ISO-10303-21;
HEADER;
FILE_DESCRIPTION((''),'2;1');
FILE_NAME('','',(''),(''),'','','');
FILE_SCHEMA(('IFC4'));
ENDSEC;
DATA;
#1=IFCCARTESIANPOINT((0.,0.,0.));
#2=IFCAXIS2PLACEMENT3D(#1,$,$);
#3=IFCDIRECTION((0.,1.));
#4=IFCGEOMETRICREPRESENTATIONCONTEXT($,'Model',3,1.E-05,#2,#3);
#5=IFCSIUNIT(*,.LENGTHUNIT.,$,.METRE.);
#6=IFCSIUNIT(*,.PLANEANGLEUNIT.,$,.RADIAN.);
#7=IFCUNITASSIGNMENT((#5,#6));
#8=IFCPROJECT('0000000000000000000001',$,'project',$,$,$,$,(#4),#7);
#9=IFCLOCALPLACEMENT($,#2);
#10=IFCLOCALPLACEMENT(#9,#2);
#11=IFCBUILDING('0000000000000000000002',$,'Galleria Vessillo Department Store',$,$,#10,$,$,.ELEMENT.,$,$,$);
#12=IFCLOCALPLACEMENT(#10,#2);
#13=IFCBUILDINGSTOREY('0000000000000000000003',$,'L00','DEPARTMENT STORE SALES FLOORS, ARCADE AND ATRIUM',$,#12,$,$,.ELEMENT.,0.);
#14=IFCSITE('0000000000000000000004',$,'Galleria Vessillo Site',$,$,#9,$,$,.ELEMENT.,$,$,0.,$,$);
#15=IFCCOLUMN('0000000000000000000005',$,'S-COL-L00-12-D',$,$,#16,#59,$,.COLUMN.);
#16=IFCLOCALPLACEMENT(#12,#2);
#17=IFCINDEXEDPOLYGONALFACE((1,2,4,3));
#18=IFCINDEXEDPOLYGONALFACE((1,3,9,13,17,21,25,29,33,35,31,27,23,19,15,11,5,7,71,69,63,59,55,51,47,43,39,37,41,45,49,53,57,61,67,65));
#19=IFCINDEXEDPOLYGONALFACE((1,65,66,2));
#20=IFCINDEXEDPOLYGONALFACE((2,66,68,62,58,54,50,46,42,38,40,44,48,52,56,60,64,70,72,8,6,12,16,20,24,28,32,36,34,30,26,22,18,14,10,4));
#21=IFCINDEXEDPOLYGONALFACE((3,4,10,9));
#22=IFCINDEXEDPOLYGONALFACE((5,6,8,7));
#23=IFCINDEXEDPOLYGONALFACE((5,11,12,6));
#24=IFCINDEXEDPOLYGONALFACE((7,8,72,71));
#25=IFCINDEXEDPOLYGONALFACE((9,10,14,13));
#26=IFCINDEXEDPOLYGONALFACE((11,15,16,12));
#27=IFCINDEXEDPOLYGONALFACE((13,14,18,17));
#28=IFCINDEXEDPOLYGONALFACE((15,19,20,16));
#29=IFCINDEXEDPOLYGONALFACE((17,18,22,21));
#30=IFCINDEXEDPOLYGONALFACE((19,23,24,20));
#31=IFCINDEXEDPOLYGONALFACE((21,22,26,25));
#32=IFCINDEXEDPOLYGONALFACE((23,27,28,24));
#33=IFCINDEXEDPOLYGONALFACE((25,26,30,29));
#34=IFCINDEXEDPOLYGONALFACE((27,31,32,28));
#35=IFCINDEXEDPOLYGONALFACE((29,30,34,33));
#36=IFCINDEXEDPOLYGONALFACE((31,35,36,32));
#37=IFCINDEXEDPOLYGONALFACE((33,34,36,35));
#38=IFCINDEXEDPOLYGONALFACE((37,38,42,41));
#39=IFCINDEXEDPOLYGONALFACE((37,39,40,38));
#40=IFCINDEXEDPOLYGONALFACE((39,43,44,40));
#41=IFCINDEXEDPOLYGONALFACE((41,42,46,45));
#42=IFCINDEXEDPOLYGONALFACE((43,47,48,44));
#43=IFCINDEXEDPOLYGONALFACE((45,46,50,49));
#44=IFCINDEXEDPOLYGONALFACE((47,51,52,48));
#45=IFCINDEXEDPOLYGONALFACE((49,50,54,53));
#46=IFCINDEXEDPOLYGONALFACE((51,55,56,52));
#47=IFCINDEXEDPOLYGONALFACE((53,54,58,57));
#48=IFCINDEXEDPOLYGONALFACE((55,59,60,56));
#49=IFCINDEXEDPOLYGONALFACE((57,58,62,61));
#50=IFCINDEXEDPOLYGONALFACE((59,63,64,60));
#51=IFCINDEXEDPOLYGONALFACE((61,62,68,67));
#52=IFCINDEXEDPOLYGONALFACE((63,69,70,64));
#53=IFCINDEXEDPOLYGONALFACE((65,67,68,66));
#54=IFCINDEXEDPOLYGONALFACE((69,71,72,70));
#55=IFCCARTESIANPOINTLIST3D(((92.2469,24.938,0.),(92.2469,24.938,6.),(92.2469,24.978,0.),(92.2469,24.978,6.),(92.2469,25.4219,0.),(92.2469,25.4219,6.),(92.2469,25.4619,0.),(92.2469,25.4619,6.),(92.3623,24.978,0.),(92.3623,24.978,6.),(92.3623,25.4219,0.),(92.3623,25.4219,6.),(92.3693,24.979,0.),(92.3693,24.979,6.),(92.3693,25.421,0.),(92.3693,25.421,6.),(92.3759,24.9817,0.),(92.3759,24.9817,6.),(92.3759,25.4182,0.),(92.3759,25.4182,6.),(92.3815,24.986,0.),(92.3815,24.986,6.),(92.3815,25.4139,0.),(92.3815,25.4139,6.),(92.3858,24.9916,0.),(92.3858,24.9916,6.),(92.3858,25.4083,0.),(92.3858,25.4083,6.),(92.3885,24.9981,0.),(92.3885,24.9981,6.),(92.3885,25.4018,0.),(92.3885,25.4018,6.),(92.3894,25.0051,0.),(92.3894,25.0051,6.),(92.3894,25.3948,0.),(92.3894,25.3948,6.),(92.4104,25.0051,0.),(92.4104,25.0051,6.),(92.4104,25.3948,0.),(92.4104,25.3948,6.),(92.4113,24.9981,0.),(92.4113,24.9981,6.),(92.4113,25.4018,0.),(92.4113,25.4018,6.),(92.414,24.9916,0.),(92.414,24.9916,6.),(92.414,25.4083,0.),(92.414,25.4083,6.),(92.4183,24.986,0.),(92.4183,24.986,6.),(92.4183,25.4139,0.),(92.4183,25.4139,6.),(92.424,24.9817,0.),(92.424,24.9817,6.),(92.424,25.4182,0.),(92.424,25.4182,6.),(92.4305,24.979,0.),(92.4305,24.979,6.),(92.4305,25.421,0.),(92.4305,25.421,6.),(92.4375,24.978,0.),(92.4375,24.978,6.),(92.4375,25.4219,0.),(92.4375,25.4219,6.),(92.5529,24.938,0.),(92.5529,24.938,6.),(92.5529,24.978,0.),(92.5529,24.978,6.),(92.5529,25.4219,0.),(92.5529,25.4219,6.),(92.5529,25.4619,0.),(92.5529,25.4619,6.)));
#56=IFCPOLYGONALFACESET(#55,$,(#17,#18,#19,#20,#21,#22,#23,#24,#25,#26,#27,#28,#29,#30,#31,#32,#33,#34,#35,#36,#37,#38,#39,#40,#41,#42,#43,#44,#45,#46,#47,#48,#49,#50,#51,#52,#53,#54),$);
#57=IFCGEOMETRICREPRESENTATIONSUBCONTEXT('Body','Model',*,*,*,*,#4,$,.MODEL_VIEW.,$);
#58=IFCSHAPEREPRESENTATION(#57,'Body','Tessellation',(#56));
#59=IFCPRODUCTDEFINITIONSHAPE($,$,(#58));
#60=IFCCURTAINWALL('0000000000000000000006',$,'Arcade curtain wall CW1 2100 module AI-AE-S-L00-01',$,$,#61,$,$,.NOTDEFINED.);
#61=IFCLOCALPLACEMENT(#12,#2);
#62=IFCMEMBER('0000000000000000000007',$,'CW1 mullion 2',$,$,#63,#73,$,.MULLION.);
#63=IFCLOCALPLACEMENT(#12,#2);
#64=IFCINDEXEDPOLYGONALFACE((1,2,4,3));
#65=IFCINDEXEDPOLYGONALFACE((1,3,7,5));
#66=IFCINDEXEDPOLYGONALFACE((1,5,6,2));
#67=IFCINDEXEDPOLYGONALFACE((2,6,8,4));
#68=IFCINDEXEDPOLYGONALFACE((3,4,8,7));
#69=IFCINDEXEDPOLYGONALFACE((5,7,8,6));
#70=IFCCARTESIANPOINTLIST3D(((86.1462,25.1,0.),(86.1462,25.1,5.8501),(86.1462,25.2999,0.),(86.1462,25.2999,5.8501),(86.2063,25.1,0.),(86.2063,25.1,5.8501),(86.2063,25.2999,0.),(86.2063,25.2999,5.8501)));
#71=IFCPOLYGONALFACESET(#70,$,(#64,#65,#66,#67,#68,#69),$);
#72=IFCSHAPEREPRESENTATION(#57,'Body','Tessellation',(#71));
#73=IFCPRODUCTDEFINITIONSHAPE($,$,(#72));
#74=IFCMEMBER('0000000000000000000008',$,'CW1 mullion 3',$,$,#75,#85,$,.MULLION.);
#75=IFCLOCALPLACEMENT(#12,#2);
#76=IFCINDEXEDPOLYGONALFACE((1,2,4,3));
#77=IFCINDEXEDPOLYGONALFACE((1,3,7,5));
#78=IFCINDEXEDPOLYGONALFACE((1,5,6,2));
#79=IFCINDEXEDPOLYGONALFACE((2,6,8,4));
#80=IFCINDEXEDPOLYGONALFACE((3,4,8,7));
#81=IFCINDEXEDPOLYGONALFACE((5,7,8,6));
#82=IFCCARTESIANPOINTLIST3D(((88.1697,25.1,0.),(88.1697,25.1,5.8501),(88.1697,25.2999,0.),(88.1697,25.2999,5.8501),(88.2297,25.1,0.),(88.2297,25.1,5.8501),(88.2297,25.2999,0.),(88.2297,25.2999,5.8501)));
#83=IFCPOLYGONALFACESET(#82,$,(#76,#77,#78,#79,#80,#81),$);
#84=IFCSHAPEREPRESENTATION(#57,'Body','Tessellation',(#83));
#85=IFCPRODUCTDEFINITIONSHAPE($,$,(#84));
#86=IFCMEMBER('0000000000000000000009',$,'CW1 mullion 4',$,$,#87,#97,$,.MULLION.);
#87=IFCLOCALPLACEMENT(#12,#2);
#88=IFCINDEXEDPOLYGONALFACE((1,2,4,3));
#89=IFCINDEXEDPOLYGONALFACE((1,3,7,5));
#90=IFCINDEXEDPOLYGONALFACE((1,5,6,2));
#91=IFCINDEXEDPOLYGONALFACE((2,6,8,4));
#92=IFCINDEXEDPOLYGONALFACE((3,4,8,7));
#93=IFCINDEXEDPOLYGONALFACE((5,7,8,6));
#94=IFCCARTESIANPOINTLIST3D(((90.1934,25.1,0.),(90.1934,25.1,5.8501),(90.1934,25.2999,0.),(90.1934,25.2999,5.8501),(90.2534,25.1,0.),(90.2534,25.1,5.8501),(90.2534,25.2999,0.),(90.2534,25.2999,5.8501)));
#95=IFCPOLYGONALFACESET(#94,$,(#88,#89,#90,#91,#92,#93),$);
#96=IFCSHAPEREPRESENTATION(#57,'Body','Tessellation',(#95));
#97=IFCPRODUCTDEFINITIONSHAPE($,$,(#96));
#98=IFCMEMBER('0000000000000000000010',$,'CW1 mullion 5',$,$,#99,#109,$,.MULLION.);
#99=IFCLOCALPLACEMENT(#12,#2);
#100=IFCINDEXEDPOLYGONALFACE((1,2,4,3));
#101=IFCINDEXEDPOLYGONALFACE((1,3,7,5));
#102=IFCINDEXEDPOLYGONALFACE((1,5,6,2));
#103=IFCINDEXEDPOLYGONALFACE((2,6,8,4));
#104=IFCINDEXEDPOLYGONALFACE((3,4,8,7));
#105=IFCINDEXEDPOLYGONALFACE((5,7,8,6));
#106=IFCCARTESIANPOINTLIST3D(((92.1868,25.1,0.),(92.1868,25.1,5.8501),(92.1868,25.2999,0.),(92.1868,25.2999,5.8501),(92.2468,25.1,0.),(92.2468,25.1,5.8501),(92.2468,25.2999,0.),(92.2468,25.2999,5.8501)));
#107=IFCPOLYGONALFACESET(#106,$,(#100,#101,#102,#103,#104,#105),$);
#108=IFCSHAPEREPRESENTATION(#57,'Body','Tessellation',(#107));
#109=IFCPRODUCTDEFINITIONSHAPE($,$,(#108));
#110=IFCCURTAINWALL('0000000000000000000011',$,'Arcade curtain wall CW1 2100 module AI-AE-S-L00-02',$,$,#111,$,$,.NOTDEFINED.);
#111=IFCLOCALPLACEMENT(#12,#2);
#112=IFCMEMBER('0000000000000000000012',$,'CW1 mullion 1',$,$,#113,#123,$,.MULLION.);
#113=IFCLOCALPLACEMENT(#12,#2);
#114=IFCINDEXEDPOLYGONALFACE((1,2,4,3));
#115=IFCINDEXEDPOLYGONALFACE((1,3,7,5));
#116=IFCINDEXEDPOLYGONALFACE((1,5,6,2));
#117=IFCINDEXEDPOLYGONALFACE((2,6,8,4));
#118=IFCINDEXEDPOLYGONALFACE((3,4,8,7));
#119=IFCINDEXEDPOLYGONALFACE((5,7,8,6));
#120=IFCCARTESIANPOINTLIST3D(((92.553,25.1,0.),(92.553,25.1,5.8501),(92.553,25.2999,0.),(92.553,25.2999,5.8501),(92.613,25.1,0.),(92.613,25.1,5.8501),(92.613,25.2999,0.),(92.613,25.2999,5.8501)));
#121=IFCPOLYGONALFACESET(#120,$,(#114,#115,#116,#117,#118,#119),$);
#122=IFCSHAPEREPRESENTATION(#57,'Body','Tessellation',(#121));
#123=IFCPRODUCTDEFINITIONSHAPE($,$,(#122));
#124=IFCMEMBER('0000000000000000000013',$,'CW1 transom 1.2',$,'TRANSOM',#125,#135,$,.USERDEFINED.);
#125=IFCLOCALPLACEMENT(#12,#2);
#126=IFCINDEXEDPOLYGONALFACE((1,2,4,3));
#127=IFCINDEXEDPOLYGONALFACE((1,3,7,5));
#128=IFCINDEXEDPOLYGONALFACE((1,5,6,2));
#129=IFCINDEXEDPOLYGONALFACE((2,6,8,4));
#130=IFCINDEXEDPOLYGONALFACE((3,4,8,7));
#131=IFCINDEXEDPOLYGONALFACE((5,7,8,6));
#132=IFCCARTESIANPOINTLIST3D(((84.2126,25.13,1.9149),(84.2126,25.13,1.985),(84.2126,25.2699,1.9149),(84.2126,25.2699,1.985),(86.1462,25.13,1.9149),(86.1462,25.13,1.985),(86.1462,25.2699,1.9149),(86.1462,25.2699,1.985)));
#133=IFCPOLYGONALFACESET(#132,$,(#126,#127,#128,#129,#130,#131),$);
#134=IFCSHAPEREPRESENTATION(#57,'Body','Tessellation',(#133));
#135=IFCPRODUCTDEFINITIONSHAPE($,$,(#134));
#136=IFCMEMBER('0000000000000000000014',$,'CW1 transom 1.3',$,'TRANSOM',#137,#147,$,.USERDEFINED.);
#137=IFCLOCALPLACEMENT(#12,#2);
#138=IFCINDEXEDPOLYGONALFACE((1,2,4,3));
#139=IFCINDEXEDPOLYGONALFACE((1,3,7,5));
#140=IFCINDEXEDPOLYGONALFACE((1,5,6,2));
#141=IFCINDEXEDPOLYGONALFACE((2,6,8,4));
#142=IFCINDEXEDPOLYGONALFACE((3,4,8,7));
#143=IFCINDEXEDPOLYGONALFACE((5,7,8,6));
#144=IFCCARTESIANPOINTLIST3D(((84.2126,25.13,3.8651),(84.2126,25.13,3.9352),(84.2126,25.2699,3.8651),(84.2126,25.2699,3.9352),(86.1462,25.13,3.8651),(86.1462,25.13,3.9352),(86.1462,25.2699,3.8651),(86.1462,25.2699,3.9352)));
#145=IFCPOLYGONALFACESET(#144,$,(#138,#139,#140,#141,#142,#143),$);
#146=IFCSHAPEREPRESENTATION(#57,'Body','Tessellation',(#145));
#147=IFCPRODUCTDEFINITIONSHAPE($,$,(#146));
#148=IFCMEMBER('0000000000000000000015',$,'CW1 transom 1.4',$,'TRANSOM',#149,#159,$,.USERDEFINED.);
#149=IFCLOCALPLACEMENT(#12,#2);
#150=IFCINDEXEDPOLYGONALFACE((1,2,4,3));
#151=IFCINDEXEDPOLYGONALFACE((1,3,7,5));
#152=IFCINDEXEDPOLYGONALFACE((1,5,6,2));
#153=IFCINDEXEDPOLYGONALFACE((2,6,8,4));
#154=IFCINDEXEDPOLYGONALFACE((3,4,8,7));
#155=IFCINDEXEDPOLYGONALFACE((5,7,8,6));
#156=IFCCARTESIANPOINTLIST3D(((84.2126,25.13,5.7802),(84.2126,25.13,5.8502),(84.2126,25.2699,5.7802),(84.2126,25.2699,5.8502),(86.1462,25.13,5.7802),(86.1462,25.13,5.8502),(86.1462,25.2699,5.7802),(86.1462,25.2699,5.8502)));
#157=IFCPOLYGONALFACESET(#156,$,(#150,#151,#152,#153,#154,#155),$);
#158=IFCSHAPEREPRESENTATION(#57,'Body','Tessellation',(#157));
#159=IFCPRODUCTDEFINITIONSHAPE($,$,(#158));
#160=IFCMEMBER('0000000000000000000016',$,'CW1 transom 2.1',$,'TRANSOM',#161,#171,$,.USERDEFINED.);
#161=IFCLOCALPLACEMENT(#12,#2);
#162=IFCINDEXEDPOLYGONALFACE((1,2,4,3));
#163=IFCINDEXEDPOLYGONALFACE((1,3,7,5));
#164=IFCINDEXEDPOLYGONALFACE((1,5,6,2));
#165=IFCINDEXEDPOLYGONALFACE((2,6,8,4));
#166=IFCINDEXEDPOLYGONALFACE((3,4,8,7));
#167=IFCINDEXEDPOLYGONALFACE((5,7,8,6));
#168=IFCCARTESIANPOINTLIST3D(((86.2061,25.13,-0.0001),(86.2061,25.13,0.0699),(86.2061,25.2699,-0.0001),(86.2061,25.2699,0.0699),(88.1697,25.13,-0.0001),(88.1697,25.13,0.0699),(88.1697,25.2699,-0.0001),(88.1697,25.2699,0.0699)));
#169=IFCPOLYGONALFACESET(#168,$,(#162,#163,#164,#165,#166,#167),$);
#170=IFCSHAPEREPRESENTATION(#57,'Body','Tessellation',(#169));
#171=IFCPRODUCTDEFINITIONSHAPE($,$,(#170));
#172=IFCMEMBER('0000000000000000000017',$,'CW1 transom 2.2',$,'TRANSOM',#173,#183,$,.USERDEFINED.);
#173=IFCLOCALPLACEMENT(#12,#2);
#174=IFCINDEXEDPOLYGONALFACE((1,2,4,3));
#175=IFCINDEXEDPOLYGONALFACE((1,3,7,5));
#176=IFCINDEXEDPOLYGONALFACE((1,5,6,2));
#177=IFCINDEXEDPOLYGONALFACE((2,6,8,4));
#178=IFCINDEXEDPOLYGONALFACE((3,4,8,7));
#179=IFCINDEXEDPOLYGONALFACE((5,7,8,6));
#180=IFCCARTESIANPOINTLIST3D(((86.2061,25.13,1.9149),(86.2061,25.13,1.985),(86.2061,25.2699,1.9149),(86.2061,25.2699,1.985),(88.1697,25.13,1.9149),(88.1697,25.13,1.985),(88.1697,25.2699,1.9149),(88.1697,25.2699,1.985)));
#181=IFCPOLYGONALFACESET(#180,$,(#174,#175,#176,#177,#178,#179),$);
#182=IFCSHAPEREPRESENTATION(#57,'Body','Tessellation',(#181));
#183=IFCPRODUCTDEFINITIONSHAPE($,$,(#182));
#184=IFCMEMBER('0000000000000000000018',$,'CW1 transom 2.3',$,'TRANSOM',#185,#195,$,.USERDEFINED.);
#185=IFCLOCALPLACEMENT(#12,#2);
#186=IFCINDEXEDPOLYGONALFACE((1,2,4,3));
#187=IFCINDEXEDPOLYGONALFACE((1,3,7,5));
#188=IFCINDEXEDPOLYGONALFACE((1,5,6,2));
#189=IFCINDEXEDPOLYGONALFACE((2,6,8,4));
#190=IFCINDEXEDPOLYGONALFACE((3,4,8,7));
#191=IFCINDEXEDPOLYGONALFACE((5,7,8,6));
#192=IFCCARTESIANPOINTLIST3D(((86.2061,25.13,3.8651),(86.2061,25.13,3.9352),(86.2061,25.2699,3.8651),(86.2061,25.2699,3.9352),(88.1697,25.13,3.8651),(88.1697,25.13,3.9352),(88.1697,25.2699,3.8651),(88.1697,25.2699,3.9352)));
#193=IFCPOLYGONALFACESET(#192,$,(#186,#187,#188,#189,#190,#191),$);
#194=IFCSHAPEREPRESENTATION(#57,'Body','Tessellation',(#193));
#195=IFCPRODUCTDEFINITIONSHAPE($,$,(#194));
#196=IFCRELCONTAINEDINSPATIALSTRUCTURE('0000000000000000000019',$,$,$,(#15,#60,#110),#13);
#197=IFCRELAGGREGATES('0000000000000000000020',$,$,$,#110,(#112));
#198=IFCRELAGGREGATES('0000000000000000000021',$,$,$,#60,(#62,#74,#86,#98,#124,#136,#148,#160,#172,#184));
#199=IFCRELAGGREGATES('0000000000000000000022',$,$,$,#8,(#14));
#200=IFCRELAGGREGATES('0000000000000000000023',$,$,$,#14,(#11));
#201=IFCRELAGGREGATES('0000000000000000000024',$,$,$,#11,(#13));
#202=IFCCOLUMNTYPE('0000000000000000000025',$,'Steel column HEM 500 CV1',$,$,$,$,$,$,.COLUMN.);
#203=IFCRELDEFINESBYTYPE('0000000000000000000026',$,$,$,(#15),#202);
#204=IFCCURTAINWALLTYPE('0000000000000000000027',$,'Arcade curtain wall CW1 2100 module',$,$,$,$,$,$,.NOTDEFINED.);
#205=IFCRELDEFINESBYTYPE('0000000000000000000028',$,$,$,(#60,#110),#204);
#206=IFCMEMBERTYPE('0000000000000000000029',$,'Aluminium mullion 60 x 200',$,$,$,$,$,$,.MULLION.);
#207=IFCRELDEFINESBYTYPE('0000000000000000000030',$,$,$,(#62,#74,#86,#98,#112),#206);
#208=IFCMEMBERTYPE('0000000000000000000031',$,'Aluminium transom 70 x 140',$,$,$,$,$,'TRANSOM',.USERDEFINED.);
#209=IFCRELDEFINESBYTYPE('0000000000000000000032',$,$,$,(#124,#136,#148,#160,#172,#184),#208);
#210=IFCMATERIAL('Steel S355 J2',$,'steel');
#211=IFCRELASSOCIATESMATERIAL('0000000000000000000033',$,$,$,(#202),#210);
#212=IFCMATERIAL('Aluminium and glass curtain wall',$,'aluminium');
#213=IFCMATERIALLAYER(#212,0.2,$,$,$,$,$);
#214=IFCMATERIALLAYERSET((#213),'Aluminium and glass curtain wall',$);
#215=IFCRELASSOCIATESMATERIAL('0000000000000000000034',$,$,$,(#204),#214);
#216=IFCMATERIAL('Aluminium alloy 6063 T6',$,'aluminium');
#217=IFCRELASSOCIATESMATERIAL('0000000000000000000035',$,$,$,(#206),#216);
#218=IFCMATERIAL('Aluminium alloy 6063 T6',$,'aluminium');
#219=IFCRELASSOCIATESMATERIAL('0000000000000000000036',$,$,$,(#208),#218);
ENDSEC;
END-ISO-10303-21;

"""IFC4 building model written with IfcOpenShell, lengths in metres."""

from ifc_helpers import new_model, si_unit, direction, frame, origin, origin_2d, place, context, subcontext, project, spatial, rectangle, i_section, extrude, material, layer, layer_set, material_profile, profile_set, type_object, element, aggregate, save


model = new_model("IFC4")

# Units and contexts
model_context = context("Model", 3, precision=1e-05, world=origin(), true_north=direction((0.0, 1.0)))
body_context = subcontext(model_context, "Body", "Model", "MODEL_VIEW")
ifc_project = project(units=[si_unit("LENGTHUNIT", "METRE"), si_unit("PLANEANGLEUNIT", "RADIAN")], contexts=[model_context])

# Site, building, storey
site_placement = place(None, origin())
site = spatial("IfcSite", under=ifc_project, at=site_placement, Name="Galleria Vessillo Site", CompositionType="ELEMENT", RefElevation=0.0)
building_placement = place(site_placement, origin())
building = spatial("IfcBuilding", under=site, at=building_placement, Name="Galleria Vessillo Department Store", CompositionType="ELEMENT")
storey_placement = place(building_placement, origin())
storey = spatial("IfcBuildingStorey", under=building, at=storey_placement, Name="L00", Description="DEPARTMENT STORE SALES FLOORS, ARCADE AND ATRIUM", CompositionType="ELEMENT", Elevation=0.0)

# Column
ifc_material_1 = material(Name="Steel S355 J2", Category="steel")
ifc_material_profile_1 = material_profile(ifc_material_1, i_section(OverallWidth=0.3059, OverallDepth=0.5239, WebThickness=0.021, FlangeThickness=0.04, FilletRadius=0.0271, at=origin_2d()), Name="HEM 500")
ifc_profile_set_1 = profile_set([ifc_material_profile_1], Name="Steel S355 J2")
column_type = type_object("IfcColumnType", Name="Steel column HEM 500 CV1", PredefinedType="COLUMN", material=ifc_profile_set_1)
column_placement = place(storey_placement, frame((92.3999, 25.2, 0.0), z_axis=(0.0, 0.0, 1.0), x_axis=(1.0, 0.0, 0.0)))
element("IfcColumn", 1, at=column_placement, inside=storey, type_object=column_type, Name="S-COL-L00-12-D", PredefinedType="COLUMN", context=body_context, shape_type="SweptSolid", body=[
    extrude(i_section(OverallWidth=0.3059, OverallDepth=0.5239, WebThickness=0.021, FlangeThickness=0.04, FilletRadius=0.0271, at=origin_2d()), origin(), (0.0, 0.0, 1.0), 6.0),
])

# Curtain wall, members
ifc_material_2 = material(Name="Aluminium and glass curtain wall", Category="aluminium")
ifc_layer_1 = layer(ifc_material_2, 0.2)
ifc_layer_set_1 = layer_set([ifc_layer_1], Name="Aluminium and glass curtain wall")
curtain_wall_type = type_object("IfcCurtainWallType", Name="Arcade curtain wall CW1 2100 module", PredefinedType="NOTDEFINED", material=ifc_layer_set_1)
curtain_wall_1_placement = place(storey_placement, origin())
curtain_wall_1 = element("IfcCurtainWall", 2, at=curtain_wall_1_placement, inside=storey, type_object=curtain_wall_type, Name="Arcade curtain wall CW1 2100 module AI-AE-S-L00-01", PredefinedType="NOTDEFINED")
ifc_material_3 = material(Name="Aluminium alloy 6063 T6", Category="aluminium")
ifc_material_profile_2 = material_profile(ifc_material_3, rectangle(XDim=0.2, YDim=0.0601, at=origin_2d()), Name="AL 60x200")
ifc_profile_set_2 = profile_set([ifc_material_profile_2], Name="Aluminium alloy 6063 T6")
member_type_1 = type_object("IfcMemberType", Name="Aluminium mullion 60 x 200", PredefinedType="MULLION", material=ifc_profile_set_2)
member_1_placement = place(storey_placement, frame((86.1763, 25.2, 0.0), z_axis=(0.0, 0.0, 1.0), x_axis=(0.0, 1.0, 0.0)))
member_1 = element("IfcMember", 3, at=member_1_placement, type_object=member_type_1, Name="CW1 mullion 2", PredefinedType="MULLION", context=body_context, shape_type="SweptSolid", body=[
    extrude(rectangle(XDim=0.2, YDim=0.0601, at=origin_2d()), origin(), (0.0, 0.0, 1.0), 5.8501),
])
member_2_placement = place(storey_placement, frame((88.1997, 25.2, 0.0), z_axis=(0.0, 0.0, 1.0), x_axis=(0.0, 1.0, 0.0)))
member_2 = element("IfcMember", 4, at=member_2_placement, type_object=member_type_1, Name="CW1 mullion 3", PredefinedType="MULLION", context=body_context, shape_type="SweptSolid", body=[
    extrude(rectangle(XDim=0.2, YDim=0.0601, at=origin_2d()), origin(), (0.0, 0.0, 1.0), 5.8501),
])
member_3_placement = place(storey_placement, frame((90.2234, 25.2, 0.0), z_axis=(0.0, 0.0, 1.0), x_axis=(0.0, 1.0, 0.0)))
member_3 = element("IfcMember", 5, at=member_3_placement, type_object=member_type_1, Name="CW1 mullion 4", PredefinedType="MULLION", context=body_context, shape_type="SweptSolid", body=[
    extrude(rectangle(XDim=0.2, YDim=0.0601, at=origin_2d()), origin(), (0.0, 0.0, 1.0), 5.8501),
])
member_4_placement = place(storey_placement, frame((92.2168, 25.2, 0.0), z_axis=(0.0, 0.0, 1.0), x_axis=(0.0, 1.0, 0.0)))
member_4 = element("IfcMember", 6, at=member_4_placement, type_object=member_type_1, Name="CW1 mullion 5", PredefinedType="MULLION", context=body_context, shape_type="SweptSolid", body=[
    extrude(rectangle(XDim=0.2, YDim=0.0601, at=origin_2d()), origin(), (0.0, 0.0, 1.0), 5.8501),
])

# Curtain wall, member
curtain_wall_2_placement = place(storey_placement, origin())
curtain_wall_2 = element("IfcCurtainWall", 7, at=curtain_wall_2_placement, inside=storey, type_object=curtain_wall_type, Name="Arcade curtain wall CW1 2100 module AI-AE-S-L00-02", PredefinedType="NOTDEFINED")
member_5_placement = place(storey_placement, frame((92.583, 25.2, 0.0), z_axis=(0.0, 0.0, 1.0), x_axis=(0.0, 1.0, 0.0)))
member_5 = element("IfcMember", 8, at=member_5_placement, type_object=member_type_1, Name="CW1 mullion 1", PredefinedType="MULLION", context=body_context, shape_type="SweptSolid", body=[
    extrude(rectangle(XDim=0.2, YDim=0.0601, at=origin_2d()), origin(), (0.0, 0.0, 1.0), 5.8501),
])

# Members
ifc_material_4 = material(Name="Aluminium alloy 6063 T6", Category="aluminium")
ifc_material_profile_3 = material_profile(ifc_material_4, rectangle(XDim=0.1399, YDim=0.0701, at=origin_2d()), Name="AL 70x140")
ifc_profile_set_3 = profile_set([ifc_material_profile_3], Name="Aluminium alloy 6063 T6")
member_type_2 = type_object("IfcMemberType", Name="Aluminium transom 70 x 140", ElementType="TRANSOM", PredefinedType="USERDEFINED", material=ifc_profile_set_3)
member_6_placement = place(storey_placement, frame((84.2126, 25.2, 1.95), z_axis=(1.0, 0.0, 0.0), x_axis=(0.0, 1.0, 0.0)))
member_6 = element("IfcMember", 9, at=member_6_placement, type_object=member_type_2, Name="CW1 transom 1.2", ObjectType="TRANSOM", PredefinedType="USERDEFINED", context=body_context, shape_type="SweptSolid", body=[
    extrude(rectangle(XDim=0.1399, YDim=0.0701, at=origin_2d()), origin(), (0.0, 0.0, 1.0), 1.9336),
])
member_7_placement = place(storey_placement, frame((84.2126, 25.2, 3.9001), z_axis=(1.0, 0.0, 0.0), x_axis=(0.0, 1.0, 0.0)))
member_7 = element("IfcMember", 10, at=member_7_placement, type_object=member_type_2, Name="CW1 transom 1.3", ObjectType="TRANSOM", PredefinedType="USERDEFINED", context=body_context, shape_type="SweptSolid", body=[
    extrude(rectangle(XDim=0.1399, YDim=0.0701, at=origin_2d()), origin(), (0.0, 0.0, 1.0), 1.9336),
])
member_8_placement = place(storey_placement, frame((84.2126, 25.2, 5.8152), z_axis=(1.0, 0.0, 0.0), x_axis=(0.0, 1.0, 0.0)))
member_8 = element("IfcMember", 11, at=member_8_placement, type_object=member_type_2, Name="CW1 transom 1.4", ObjectType="TRANSOM", PredefinedType="USERDEFINED", context=body_context, shape_type="SweptSolid", body=[
    extrude(rectangle(XDim=0.1399, YDim=0.0701, at=origin_2d()), origin(), (0.0, 0.0, 1.0), 1.9336),
])
member_9_placement = place(storey_placement, frame((86.2061, 25.2, 0.0349), z_axis=(1.0, 0.0, 0.0), x_axis=(0.0, 1.0, 0.0)))
member_9 = element("IfcMember", 12, at=member_9_placement, type_object=member_type_2, Name="CW1 transom 2.1", ObjectType="TRANSOM", PredefinedType="USERDEFINED", context=body_context, shape_type="SweptSolid", body=[
    extrude(rectangle(XDim=0.1399, YDim=0.0701, at=origin_2d()), origin(), (0.0, 0.0, 1.0), 1.9636),
])
member_10_placement = place(storey_placement, frame((86.2061, 25.2, 1.95), z_axis=(1.0, 0.0, 0.0), x_axis=(0.0, 1.0, 0.0)))
member_10 = element("IfcMember", 13, at=member_10_placement, type_object=member_type_2, Name="CW1 transom 2.2", ObjectType="TRANSOM", PredefinedType="USERDEFINED", context=body_context, shape_type="SweptSolid", body=[
    extrude(rectangle(XDim=0.1399, YDim=0.0701, at=origin_2d()), origin(), (0.0, 0.0, 1.0), 1.9636),
])
member_11_placement = place(storey_placement, frame((86.2061, 25.2, 3.9001), z_axis=(1.0, 0.0, 0.0), x_axis=(0.0, 1.0, 0.0)))
member_11 = element("IfcMember", 14, at=member_11_placement, type_object=member_type_2, Name="CW1 transom 2.3", ObjectType="TRANSOM", PredefinedType="USERDEFINED", context=body_context, shape_type="SweptSolid", body=[
    extrude(rectangle(XDim=0.1399, YDim=0.0701, at=origin_2d()), origin(), (0.0, 0.0, 1.0), 1.9636),
])
aggregate(curtain_wall_2, [member_5])

aggregate(curtain_wall_1, [member_1, member_2, member_3, member_4, member_6, member_7, member_8, member_9, member_10, member_11])

save(model, "model.ifc")
